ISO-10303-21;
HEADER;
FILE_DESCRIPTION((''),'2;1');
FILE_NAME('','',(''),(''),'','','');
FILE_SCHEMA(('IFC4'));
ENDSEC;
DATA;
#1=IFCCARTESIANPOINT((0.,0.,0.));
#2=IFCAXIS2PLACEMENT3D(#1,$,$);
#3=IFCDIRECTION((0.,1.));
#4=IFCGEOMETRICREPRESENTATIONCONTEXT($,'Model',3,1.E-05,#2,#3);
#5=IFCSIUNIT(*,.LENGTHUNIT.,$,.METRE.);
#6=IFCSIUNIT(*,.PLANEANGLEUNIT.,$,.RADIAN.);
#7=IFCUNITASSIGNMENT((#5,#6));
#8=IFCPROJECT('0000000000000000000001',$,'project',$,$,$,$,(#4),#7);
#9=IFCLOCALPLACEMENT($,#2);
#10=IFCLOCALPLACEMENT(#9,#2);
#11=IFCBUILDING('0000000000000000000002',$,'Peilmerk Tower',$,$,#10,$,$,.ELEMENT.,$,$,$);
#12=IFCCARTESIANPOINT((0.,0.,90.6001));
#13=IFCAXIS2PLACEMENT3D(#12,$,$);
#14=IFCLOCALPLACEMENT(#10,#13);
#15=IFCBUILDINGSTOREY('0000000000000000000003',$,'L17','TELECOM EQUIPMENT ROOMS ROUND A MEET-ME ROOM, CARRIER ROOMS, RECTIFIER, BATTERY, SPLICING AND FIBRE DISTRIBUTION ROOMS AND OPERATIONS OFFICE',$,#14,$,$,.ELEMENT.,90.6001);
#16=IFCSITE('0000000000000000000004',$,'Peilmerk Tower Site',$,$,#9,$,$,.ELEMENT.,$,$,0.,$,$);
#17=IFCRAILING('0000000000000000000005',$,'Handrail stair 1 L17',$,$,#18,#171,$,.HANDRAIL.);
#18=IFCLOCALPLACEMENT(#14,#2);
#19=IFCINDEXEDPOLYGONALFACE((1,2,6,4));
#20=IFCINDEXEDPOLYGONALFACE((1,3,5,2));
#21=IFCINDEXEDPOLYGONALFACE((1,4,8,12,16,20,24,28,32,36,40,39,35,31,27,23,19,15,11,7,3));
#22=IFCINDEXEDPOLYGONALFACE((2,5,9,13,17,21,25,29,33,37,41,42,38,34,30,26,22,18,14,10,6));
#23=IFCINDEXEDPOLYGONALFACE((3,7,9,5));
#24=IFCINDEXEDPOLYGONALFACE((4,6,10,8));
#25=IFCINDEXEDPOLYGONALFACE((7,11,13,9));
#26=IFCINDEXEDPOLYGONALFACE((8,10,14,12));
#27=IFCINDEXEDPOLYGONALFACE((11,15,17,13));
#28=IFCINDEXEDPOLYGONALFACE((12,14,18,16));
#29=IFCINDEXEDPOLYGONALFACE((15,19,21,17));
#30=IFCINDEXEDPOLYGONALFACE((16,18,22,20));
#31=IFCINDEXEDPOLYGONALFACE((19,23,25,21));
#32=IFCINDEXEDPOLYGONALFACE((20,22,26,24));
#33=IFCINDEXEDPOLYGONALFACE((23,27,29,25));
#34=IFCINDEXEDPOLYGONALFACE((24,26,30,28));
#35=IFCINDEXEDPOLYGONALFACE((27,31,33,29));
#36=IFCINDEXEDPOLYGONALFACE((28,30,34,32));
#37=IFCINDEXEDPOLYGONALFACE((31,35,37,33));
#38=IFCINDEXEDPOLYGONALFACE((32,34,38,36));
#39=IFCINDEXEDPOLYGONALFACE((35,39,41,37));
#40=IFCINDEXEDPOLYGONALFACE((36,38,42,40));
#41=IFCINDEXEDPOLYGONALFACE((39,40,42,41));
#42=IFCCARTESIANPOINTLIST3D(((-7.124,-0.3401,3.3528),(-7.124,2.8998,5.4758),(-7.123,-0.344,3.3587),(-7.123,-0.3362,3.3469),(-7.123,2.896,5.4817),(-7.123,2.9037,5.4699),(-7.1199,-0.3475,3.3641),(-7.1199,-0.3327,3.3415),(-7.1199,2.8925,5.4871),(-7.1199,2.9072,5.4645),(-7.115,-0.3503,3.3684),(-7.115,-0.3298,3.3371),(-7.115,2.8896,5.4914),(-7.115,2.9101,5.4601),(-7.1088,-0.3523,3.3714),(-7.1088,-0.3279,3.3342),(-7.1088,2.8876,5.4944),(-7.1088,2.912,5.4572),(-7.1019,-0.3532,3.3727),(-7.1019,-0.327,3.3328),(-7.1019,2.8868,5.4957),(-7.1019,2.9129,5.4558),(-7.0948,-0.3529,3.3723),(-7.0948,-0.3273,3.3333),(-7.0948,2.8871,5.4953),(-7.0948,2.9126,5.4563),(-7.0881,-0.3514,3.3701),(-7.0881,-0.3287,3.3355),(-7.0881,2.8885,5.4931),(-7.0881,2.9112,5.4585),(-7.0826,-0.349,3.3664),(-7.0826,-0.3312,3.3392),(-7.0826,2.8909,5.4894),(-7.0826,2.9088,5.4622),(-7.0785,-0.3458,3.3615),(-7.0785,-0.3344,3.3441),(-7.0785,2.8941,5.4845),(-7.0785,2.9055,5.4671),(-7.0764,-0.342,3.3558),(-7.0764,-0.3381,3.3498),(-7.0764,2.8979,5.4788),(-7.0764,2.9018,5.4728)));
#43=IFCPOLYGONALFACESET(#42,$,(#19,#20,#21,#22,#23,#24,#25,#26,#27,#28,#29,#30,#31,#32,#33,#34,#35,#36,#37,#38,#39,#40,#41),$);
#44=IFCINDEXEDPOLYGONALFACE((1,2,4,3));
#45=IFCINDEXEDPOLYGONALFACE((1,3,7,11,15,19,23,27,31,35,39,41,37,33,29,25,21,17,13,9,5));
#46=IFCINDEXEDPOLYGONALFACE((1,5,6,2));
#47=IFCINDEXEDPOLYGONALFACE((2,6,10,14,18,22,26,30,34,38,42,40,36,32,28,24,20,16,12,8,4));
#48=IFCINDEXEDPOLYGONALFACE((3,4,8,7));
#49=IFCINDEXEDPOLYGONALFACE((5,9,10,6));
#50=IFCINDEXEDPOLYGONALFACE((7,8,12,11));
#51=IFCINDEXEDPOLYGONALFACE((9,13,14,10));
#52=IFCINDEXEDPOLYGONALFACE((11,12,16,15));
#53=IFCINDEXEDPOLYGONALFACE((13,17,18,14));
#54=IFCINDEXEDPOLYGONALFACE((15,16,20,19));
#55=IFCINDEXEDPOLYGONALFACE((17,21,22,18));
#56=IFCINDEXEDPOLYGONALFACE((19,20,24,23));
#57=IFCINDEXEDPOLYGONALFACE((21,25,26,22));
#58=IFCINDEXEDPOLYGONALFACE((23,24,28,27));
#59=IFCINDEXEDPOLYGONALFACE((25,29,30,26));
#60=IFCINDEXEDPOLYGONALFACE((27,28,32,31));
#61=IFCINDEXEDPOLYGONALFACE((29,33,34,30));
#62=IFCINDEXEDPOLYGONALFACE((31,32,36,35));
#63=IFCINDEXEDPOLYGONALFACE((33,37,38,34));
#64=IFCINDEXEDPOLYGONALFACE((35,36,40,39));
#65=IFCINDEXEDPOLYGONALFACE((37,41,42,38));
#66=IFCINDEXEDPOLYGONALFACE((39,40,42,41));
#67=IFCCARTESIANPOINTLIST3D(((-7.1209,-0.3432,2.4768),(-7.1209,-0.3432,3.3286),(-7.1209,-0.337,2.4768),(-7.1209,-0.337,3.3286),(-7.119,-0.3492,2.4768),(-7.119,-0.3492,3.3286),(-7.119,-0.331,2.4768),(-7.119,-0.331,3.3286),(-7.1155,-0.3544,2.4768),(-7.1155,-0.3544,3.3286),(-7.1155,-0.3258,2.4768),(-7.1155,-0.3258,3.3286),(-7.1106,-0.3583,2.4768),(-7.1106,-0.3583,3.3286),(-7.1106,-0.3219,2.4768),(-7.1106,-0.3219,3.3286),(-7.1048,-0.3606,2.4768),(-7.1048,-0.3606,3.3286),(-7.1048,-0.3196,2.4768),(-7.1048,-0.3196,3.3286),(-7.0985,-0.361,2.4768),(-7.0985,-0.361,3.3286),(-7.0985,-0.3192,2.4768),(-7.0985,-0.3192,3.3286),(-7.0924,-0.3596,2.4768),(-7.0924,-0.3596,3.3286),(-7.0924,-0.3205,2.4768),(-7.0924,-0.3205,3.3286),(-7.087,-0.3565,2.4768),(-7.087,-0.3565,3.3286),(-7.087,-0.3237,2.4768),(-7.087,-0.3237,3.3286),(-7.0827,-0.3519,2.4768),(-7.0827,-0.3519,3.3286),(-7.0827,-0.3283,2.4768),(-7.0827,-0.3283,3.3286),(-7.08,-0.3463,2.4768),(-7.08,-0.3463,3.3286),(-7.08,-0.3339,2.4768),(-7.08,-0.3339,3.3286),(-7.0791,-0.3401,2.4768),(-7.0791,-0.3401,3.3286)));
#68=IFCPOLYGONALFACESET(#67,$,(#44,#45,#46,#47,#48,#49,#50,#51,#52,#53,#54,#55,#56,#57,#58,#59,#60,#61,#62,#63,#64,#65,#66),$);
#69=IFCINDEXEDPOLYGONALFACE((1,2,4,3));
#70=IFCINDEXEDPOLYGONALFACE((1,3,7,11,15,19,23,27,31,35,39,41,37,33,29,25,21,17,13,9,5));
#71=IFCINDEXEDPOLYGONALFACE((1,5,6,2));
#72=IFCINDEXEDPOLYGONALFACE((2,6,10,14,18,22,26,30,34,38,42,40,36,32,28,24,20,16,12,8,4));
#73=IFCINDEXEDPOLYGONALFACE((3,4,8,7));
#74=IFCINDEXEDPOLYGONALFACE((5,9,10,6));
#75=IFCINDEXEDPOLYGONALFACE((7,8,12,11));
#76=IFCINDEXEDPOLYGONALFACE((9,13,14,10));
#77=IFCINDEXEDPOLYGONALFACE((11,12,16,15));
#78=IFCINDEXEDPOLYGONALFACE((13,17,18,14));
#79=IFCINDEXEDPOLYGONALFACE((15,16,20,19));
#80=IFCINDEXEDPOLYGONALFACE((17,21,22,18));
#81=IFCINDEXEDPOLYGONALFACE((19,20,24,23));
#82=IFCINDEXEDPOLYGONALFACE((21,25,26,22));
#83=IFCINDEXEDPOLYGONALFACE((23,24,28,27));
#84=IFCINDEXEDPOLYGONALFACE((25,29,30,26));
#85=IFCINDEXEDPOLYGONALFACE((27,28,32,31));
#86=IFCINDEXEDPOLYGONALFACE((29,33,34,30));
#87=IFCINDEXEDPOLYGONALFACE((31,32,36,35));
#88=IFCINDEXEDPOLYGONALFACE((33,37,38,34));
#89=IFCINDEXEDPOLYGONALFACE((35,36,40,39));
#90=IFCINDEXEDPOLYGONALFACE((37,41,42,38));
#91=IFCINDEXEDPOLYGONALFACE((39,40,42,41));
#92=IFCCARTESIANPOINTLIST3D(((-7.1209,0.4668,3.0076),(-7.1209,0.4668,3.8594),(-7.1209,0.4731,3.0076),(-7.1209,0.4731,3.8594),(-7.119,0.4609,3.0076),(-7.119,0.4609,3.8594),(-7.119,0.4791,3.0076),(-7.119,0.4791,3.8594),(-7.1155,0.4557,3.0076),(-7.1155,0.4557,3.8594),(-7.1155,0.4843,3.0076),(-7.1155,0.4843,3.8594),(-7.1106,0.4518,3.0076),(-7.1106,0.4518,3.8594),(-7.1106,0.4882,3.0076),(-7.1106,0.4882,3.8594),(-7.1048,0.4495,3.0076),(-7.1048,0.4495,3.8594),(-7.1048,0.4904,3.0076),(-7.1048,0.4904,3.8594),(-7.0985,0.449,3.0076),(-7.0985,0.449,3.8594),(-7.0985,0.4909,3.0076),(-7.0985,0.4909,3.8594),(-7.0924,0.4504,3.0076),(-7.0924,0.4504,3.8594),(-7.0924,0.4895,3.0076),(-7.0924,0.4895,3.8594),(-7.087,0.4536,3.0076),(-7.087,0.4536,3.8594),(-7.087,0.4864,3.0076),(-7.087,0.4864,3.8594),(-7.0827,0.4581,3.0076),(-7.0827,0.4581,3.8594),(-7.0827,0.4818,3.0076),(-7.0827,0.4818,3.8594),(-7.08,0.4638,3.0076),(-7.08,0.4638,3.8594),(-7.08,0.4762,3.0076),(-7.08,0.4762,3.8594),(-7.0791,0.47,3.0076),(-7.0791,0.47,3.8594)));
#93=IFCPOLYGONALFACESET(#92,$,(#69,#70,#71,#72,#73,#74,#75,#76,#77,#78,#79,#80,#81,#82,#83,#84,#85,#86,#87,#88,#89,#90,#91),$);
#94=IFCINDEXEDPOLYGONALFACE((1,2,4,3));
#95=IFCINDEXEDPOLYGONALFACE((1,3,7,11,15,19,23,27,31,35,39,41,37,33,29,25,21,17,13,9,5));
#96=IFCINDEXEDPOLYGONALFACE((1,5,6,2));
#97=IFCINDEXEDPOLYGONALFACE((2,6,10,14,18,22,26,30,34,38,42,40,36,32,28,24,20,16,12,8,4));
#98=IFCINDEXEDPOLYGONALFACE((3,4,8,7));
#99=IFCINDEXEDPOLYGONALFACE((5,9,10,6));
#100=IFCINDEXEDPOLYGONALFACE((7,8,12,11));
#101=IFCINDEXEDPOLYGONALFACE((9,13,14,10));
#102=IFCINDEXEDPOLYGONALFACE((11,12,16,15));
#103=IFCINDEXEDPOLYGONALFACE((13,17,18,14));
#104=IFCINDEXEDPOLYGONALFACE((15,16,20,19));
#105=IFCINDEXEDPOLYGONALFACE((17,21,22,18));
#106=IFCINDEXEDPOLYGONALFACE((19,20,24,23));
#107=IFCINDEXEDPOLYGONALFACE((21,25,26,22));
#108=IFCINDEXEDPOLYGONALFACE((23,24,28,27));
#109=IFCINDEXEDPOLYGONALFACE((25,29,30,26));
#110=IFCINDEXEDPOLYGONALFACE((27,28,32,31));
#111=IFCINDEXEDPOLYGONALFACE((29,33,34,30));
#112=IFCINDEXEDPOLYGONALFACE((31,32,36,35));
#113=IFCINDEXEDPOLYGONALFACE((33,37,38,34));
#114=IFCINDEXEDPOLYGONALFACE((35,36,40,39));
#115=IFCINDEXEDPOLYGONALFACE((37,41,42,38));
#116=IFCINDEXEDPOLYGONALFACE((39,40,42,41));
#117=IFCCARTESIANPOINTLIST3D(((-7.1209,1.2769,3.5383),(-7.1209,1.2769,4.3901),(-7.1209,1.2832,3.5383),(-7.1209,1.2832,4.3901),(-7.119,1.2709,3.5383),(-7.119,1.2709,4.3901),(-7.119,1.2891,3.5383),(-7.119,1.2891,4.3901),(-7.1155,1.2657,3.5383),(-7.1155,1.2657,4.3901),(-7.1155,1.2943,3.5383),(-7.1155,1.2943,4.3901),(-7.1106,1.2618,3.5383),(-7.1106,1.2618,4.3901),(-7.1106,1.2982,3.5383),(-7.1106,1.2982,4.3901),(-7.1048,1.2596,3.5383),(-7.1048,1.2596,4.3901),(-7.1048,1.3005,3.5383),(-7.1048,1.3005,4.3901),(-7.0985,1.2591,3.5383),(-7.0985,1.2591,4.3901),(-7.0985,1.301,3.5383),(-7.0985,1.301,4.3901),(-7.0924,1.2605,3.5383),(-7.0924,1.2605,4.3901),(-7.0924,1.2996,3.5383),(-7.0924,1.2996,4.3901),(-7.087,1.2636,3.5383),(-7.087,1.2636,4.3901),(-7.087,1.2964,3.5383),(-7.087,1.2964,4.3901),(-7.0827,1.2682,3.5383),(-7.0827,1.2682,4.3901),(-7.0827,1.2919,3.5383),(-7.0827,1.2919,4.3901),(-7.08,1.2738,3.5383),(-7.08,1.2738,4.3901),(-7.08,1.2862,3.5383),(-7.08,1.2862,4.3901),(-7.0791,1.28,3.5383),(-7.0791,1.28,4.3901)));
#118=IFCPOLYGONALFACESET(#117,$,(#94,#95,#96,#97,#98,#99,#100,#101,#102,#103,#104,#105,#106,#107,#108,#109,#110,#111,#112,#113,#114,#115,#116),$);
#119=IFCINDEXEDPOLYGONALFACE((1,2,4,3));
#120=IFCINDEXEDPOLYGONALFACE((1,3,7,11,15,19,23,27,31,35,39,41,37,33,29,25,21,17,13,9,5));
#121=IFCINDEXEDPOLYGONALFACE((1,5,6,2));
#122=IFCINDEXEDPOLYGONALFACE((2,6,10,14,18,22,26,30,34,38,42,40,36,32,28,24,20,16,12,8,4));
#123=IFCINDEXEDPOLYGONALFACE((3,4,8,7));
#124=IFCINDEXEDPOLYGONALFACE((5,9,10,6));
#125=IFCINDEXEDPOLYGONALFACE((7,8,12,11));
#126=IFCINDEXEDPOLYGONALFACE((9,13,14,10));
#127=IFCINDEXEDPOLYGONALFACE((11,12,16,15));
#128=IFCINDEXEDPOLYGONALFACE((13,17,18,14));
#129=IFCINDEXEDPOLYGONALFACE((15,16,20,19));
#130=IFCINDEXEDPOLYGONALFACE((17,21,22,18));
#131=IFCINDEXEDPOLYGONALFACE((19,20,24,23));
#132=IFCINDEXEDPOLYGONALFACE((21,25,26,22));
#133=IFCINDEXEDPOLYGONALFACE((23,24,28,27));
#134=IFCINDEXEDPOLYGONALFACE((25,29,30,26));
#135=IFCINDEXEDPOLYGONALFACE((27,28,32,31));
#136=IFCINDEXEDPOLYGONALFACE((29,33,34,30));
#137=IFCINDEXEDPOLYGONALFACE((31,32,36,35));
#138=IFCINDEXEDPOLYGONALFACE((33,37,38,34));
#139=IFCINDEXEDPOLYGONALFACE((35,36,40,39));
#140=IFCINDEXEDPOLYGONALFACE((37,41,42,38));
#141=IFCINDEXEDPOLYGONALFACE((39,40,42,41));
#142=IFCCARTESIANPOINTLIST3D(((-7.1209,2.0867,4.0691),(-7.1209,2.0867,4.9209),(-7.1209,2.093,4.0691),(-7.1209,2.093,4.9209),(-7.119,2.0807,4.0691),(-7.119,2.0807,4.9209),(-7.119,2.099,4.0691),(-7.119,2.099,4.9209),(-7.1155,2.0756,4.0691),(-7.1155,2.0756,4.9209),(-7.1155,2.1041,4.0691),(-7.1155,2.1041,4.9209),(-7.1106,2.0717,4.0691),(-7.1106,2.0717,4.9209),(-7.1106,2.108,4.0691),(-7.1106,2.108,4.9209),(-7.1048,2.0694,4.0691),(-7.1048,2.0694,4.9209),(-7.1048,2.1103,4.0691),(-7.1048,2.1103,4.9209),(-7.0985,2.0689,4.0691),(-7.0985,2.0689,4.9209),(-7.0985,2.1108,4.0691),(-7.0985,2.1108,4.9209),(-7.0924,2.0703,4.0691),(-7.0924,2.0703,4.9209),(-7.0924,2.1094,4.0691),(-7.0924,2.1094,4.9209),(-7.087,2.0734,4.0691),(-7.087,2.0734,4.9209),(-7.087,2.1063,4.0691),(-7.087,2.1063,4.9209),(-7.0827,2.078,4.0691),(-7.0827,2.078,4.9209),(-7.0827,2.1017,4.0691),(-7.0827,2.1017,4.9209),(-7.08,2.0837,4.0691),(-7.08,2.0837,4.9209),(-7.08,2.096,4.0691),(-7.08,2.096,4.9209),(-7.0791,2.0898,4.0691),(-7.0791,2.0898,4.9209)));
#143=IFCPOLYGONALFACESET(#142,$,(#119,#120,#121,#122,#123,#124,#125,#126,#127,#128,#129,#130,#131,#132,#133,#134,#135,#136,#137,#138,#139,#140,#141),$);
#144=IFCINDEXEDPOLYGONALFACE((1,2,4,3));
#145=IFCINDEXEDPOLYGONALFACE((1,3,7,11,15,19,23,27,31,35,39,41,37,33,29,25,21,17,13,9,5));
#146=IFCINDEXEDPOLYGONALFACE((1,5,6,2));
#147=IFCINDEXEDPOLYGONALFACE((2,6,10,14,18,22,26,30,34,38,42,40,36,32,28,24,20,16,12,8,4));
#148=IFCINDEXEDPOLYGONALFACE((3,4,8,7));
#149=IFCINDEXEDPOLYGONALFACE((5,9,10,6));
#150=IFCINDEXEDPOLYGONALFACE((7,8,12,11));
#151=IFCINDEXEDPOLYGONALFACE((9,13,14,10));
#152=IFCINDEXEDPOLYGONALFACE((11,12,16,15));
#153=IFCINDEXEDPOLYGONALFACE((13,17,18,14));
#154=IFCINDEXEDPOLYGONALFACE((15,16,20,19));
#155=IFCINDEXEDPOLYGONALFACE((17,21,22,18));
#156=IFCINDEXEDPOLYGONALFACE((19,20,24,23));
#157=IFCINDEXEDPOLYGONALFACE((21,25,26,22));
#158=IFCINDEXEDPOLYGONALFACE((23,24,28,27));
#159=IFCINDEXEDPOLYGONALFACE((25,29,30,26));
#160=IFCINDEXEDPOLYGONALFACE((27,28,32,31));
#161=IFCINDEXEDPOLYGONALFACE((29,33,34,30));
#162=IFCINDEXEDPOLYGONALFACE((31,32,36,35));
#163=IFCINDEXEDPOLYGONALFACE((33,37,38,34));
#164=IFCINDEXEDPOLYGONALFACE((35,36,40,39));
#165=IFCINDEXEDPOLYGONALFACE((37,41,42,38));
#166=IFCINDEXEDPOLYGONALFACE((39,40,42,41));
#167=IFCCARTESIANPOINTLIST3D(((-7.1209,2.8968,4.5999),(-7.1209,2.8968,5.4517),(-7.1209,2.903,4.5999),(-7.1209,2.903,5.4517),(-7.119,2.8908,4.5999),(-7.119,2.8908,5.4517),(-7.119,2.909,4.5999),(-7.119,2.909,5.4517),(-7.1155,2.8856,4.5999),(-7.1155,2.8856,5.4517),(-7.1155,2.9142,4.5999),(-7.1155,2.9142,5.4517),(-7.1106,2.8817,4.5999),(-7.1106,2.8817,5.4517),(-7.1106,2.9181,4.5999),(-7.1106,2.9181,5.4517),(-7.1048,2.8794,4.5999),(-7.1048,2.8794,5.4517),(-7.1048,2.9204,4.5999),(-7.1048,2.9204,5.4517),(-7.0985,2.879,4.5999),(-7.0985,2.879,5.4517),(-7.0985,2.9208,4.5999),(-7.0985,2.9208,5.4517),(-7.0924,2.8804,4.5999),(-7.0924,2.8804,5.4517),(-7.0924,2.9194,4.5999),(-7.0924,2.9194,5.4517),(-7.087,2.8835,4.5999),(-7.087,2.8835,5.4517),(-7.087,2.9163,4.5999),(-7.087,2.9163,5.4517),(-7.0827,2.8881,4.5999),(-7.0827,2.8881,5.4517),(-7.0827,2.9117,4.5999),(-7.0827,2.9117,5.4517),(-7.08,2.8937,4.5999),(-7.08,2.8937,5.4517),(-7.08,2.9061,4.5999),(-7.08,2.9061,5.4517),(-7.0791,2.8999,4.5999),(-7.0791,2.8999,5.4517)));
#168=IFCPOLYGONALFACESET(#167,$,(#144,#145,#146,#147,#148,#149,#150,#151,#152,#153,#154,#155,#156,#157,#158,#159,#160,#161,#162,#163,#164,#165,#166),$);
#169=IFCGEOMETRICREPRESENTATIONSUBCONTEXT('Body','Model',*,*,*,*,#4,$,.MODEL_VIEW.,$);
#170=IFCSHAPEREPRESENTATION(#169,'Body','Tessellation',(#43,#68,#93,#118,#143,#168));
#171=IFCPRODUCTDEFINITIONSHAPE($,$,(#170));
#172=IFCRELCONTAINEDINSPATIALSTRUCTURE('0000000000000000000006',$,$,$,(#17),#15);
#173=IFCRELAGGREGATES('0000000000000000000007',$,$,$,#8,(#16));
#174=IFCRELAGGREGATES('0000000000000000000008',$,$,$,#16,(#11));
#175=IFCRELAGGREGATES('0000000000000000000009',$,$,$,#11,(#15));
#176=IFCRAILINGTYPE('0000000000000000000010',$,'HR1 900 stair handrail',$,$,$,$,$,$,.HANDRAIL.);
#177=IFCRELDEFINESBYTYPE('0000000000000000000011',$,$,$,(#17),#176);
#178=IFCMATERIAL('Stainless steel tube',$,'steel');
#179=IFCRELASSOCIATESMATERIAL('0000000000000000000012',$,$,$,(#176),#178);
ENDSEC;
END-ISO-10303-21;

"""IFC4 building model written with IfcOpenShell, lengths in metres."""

from ifc_helpers import new_model, si_unit, direction, frame, origin, origin_2d, place, context, subcontext, project, spatial, circle, extrude, material, type_object, element, save


model = new_model("IFC4")

# Units and contexts
model_context = context("Model", 3, precision=1e-05, world=origin(), true_north=direction((0.0, 1.0)))
body_context = subcontext(model_context, "Body", "Model", "MODEL_VIEW")
ifc_project = project(units=[si_unit("LENGTHUNIT", "METRE"), si_unit("PLANEANGLEUNIT", "RADIAN")], contexts=[model_context])

# Site, building, storey
site_placement = place(None, origin())
site = spatial("IfcSite", under=ifc_project, at=site_placement, Name="Peilmerk Tower Site", CompositionType="ELEMENT", RefElevation=0.0)
building_placement = place(site_placement, origin())
building = spatial("IfcBuilding", under=site, at=building_placement, Name="Peilmerk Tower", CompositionType="ELEMENT")
storey_placement = place(building_placement, frame((0.0, 0.0, 90.6001)))
storey = spatial("IfcBuildingStorey", under=building, at=storey_placement, Name="L17", Description="TELECOM EQUIPMENT ROOMS ROUND A MEET-ME ROOM, CARRIER ROOMS, RECTIFIER, BATTERY, SPLICING AND FIBRE DISTRIBUTION ROOMS AND OPERATIONS OFFICE", CompositionType="ELEMENT", Elevation=90.6001)

# Railing
ifc_material_1 = material(Name="Stainless steel tube", Category="steel")
railing_type_1 = type_object("IfcRailingType", Name="HR1 900 stair handrail", PredefinedType="HANDRAIL", material=ifc_material_1)
railing_1_placement = place(storey_placement, frame((-7.1001, -0.3401, 2.4768)))
element("IfcRailing", 1, at=railing_1_placement, inside=storey, type_object=railing_type_1, Name="Handrail stair 1 L17", PredefinedType="HANDRAIL", context=body_context, shape_type="SweptSolid", body=[
    extrude(circle(Radius=0.0239, at=origin_2d()), frame((0.0, 0.0, 0.876), z_axis=(0.0, 0.836426, 0.548079), x_axis=(-1.0, 0.0, 0.0)), (0.0, 0.0, 1.0), 3.8735),
    extrude(circle(Radius=0.021, at=origin_2d()), origin(), (0.0, 0.0, 1.0), 0.8518),
    extrude(circle(Radius=0.021, at=origin_2d()), frame((0.0, 0.8101, 0.5308)), (0.0, 0.0, 1.0), 0.8518),
    extrude(circle(Radius=0.021, at=origin_2d()), frame((0.0, 1.6201, 1.0615)), (0.0, 0.0, 1.0), 0.8518),
    extrude(circle(Radius=0.021, at=origin_2d()), frame((0.0, 2.4299, 1.5923)), (0.0, 0.0, 1.0), 0.8518),
    extrude(circle(Radius=0.021, at=origin_2d()), frame((0.0, 3.24, 2.123)), (0.0, 0.0, 1.0), 0.8518),
])

save(model, "model.ifc")
